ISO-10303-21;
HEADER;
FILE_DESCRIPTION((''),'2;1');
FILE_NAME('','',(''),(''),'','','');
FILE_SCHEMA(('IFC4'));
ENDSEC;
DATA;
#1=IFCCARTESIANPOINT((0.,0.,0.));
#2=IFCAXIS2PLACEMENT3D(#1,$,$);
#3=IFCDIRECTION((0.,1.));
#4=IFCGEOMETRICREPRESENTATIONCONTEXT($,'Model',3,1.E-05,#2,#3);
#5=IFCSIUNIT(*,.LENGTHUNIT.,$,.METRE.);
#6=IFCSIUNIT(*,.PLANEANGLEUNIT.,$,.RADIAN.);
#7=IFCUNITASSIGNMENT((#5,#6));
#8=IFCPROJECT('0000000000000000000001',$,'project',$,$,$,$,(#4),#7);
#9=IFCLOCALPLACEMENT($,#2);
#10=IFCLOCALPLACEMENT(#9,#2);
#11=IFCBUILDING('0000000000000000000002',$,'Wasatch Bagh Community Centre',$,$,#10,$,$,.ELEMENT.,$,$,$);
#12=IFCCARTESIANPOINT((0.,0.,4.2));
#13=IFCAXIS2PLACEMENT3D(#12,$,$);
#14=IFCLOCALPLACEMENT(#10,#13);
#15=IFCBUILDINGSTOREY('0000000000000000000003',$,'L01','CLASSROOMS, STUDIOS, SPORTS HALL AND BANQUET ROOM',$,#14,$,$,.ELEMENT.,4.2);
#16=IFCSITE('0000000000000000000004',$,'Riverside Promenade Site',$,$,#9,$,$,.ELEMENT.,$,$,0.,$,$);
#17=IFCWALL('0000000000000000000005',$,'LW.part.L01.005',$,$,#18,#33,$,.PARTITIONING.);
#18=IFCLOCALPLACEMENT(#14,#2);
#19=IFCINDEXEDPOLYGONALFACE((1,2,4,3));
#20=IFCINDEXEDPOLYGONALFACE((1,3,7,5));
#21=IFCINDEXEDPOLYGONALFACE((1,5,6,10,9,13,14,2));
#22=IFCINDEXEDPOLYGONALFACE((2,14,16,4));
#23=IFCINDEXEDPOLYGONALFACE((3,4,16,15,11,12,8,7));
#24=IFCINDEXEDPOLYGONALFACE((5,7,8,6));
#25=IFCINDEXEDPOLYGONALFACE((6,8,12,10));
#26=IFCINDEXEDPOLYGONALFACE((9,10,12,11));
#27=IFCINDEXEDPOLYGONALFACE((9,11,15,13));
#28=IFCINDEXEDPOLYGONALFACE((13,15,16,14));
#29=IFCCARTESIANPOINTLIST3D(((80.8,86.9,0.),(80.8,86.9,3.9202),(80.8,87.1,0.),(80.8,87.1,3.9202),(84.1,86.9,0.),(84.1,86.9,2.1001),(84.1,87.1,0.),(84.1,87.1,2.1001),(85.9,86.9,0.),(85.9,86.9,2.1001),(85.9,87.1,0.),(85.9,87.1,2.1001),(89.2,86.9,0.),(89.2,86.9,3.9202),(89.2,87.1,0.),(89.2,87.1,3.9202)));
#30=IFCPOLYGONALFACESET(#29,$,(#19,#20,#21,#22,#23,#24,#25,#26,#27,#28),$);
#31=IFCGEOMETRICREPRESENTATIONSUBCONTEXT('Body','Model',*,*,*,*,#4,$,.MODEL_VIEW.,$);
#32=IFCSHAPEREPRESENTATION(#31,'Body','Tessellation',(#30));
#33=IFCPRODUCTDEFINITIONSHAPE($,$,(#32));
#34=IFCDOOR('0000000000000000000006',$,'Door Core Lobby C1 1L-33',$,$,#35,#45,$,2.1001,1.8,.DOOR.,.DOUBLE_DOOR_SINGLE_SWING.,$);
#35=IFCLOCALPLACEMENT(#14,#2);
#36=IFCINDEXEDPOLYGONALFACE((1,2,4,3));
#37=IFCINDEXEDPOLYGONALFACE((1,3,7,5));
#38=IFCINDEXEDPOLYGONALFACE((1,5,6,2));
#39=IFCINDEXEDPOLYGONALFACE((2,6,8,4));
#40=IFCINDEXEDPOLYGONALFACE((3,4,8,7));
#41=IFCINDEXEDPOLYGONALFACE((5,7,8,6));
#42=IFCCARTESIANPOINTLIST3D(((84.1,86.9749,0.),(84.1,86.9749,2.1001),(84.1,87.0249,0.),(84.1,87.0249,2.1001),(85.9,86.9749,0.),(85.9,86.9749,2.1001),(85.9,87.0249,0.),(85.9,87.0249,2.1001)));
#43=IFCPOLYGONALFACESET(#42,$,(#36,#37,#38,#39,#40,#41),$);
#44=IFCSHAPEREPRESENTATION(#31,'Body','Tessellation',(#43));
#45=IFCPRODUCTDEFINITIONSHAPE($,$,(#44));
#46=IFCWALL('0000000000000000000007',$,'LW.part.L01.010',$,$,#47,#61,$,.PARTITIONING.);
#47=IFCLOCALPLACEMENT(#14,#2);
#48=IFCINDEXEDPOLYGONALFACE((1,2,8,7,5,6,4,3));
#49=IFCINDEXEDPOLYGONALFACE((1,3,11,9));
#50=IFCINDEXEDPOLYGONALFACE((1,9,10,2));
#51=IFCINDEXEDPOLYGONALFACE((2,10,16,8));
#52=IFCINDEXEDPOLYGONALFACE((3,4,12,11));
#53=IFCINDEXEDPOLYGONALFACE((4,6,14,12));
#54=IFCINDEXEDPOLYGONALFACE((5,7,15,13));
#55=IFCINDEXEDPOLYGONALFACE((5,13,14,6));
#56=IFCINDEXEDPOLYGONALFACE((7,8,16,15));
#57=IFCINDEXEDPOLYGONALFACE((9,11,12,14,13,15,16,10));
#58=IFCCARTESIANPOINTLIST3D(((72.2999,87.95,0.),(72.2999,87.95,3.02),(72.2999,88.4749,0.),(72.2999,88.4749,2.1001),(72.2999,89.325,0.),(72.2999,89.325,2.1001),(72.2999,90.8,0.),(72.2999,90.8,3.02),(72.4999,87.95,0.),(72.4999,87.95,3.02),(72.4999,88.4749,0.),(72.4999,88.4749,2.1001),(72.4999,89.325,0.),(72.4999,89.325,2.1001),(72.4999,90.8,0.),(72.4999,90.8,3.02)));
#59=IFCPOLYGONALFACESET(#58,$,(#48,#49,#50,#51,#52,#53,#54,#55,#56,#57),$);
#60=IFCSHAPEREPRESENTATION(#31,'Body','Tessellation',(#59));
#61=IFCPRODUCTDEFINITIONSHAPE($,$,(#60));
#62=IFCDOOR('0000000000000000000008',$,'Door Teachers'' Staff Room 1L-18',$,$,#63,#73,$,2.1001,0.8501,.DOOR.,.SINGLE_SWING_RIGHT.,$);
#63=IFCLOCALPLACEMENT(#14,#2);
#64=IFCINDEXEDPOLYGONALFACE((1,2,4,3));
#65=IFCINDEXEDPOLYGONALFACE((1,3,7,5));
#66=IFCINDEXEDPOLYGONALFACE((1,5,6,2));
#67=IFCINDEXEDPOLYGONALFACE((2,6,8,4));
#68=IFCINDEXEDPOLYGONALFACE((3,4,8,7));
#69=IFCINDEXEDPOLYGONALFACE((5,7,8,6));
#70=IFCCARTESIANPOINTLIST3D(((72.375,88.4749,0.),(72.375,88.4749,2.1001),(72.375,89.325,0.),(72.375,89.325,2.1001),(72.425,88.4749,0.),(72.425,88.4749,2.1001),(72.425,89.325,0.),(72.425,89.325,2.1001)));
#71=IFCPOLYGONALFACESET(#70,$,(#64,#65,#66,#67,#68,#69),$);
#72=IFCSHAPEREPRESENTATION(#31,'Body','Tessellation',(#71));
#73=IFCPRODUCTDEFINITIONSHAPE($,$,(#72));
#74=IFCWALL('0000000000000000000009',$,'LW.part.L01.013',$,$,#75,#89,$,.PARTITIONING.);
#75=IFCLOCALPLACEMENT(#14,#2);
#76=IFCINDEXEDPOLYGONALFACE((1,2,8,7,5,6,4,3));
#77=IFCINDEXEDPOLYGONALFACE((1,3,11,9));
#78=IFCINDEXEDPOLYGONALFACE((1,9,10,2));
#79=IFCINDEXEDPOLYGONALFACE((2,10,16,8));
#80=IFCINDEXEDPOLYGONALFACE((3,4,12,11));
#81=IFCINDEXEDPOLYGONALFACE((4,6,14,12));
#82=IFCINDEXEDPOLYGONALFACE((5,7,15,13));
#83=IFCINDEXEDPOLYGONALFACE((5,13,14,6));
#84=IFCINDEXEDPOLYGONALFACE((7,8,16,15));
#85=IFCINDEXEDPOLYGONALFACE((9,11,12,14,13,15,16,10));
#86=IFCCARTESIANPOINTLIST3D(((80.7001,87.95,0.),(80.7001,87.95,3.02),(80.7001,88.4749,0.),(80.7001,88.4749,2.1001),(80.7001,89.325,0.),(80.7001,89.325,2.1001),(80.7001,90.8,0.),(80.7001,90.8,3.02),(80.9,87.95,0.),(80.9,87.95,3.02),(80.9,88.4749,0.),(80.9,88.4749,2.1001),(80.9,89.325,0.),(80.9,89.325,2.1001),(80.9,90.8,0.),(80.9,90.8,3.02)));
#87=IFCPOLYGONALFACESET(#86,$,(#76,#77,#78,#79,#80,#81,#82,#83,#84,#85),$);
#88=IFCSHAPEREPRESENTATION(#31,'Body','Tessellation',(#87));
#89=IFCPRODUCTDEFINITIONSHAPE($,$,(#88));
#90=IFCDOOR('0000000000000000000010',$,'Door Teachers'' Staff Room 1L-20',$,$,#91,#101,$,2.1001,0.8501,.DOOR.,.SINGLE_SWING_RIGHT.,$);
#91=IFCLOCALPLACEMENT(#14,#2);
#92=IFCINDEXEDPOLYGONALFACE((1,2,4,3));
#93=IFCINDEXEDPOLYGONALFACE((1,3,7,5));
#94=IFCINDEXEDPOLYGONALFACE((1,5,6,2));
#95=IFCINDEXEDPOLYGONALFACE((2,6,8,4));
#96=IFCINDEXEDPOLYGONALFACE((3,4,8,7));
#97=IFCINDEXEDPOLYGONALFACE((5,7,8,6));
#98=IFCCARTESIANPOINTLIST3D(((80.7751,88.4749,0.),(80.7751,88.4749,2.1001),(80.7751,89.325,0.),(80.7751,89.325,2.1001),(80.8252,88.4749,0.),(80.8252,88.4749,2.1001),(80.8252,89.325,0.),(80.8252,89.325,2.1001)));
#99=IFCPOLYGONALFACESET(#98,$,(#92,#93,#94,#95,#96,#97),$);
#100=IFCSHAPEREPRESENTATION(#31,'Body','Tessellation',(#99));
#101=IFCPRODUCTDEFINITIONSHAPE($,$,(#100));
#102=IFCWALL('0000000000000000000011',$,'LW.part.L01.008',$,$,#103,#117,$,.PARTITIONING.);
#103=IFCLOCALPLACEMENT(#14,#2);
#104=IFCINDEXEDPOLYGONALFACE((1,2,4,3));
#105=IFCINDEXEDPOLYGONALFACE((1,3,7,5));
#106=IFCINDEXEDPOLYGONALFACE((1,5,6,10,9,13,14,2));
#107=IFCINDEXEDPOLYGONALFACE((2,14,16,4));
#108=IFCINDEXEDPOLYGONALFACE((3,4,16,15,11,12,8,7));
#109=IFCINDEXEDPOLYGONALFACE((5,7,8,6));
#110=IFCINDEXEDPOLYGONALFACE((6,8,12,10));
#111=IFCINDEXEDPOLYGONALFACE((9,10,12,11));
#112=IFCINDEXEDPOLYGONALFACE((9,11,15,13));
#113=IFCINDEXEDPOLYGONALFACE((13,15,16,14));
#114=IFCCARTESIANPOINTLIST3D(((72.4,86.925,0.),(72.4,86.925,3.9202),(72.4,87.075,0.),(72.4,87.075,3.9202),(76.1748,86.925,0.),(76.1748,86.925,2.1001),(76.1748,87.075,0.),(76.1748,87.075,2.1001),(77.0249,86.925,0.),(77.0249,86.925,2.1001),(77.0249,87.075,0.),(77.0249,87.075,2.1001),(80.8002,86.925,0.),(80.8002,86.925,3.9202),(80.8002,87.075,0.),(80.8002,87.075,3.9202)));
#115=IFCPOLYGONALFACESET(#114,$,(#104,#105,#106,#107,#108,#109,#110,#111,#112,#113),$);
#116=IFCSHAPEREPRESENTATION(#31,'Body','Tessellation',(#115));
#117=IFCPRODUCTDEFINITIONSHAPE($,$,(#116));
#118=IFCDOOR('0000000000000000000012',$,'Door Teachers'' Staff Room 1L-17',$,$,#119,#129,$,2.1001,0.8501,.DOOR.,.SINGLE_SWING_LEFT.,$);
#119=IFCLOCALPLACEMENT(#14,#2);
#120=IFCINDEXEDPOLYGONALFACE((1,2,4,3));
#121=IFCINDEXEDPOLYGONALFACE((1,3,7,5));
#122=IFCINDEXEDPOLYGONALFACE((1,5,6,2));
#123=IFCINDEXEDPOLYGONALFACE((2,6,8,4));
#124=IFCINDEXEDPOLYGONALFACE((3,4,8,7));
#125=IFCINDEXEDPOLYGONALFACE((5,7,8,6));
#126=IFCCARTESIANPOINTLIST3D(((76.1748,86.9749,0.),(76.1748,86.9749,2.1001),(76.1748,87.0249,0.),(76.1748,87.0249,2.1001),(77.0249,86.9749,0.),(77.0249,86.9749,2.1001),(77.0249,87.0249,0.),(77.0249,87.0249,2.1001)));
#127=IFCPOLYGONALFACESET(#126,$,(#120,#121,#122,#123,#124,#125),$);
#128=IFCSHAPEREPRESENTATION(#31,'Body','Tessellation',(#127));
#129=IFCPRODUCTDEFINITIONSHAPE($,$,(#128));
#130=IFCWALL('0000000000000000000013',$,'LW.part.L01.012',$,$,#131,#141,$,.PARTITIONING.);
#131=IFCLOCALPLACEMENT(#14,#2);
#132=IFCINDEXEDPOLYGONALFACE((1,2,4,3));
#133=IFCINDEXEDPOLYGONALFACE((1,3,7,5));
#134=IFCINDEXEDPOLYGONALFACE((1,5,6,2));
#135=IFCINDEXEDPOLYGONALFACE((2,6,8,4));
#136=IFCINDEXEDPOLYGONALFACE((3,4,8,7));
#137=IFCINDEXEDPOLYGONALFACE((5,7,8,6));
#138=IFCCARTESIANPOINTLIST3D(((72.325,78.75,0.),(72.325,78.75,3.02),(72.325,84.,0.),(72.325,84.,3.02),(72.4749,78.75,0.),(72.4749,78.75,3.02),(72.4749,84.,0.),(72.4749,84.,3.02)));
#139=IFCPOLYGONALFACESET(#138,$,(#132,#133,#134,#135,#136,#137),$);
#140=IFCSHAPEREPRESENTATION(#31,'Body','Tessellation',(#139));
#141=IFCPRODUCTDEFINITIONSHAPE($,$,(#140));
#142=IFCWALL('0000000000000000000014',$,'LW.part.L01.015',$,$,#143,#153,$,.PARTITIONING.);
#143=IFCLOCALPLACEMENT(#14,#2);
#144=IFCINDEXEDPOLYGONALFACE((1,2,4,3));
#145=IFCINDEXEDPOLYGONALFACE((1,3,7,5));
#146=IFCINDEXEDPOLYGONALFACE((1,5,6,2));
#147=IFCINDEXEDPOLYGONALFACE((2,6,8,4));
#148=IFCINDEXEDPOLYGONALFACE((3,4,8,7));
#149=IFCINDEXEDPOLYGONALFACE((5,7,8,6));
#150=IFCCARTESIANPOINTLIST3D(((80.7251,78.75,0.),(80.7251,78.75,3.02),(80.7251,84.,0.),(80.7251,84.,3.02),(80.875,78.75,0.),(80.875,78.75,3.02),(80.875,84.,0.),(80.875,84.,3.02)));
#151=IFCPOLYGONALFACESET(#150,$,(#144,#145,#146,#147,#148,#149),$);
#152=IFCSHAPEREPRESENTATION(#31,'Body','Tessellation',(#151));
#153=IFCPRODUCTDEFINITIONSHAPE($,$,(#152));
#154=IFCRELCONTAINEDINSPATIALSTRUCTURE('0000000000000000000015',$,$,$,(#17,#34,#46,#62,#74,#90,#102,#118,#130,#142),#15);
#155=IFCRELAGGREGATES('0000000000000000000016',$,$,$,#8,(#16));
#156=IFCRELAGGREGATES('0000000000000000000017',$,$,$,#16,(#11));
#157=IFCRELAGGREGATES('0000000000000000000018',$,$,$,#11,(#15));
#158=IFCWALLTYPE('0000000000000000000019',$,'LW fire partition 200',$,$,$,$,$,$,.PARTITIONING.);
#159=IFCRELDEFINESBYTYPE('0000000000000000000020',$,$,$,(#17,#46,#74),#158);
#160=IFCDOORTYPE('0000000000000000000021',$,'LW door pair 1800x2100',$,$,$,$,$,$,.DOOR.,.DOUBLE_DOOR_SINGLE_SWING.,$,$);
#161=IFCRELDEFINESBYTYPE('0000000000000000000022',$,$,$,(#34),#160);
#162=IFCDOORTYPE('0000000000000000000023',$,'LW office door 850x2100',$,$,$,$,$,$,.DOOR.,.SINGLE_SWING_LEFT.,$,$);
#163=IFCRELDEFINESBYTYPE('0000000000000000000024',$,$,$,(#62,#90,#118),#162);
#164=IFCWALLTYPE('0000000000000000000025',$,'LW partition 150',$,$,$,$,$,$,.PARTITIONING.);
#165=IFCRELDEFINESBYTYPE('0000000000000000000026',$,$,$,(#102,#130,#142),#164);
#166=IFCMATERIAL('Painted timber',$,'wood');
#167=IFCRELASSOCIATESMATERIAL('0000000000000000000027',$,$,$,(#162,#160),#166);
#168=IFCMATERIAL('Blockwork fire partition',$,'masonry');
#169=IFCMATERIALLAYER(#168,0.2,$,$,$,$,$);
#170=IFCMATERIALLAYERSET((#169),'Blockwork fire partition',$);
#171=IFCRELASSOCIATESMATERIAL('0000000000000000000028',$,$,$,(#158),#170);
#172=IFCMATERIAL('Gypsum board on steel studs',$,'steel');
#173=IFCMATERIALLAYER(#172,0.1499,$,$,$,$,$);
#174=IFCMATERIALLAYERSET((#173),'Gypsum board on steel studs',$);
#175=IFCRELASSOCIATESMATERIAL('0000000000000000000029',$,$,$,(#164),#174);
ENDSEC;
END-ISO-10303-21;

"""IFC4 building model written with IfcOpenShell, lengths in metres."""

from ifc_helpers import new_model, si_unit, direction, frame, frame_2d, origin, place, context, subcontext, project, spatial, rectangle, extrude, material, layer, layer_set, type_object, element, fill, save


model = new_model("IFC4")

# Units and contexts
model_context = context("Model", 3, precision=1e-05, world=origin(), true_north=direction((0.0, 1.0)))
body_context = subcontext(model_context, "Body", "Model", "MODEL_VIEW")
ifc_project = project(units=[si_unit("LENGTHUNIT", "METRE"), si_unit("PLANEANGLEUNIT", "RADIAN")], contexts=[model_context])

# Site, building, storey
site_placement = place(None, origin())
site = spatial("IfcSite", under=ifc_project, at=site_placement, Name="Riverside Promenade Site", CompositionType="ELEMENT", RefElevation=0.0)
building_placement = place(site_placement, origin())
building = spatial("IfcBuilding", under=site, at=building_placement, Name="Wasatch Bagh Community Centre", CompositionType="ELEMENT")
storey_placement = place(building_placement, frame((0.0, 0.0, 4.2)))
storey = spatial("IfcBuildingStorey", under=building, at=storey_placement, Name="L01", Description="CLASSROOMS, STUDIOS, SPORTS HALL AND BANQUET ROOM", CompositionType="ELEMENT", Elevation=4.2)

# Walls, openings, doors
ifc_material_1 = material(Name="Painted timber", Category="wood")
door_type_1 = type_object("IfcDoorType", Name="LW office door 850x2100", OperationType="SINGLE_SWING_LEFT", PredefinedType="DOOR", material=ifc_material_1)
ifc_material_2 = material(Name="Blockwork fire partition", Category="masonry")
ifc_layer_1 = layer(ifc_material_2, 0.2)
ifc_layer_set_1 = layer_set([ifc_layer_1], Name="Blockwork fire partition")
wall_type_1 = type_object("IfcWallType", Name="LW fire partition 200", PredefinedType="PARTITIONING", material=ifc_layer_set_1)
door_type_2 = type_object("IfcDoorType", Name="LW door pair 1800x2100", OperationType="DOUBLE_DOOR_SINGLE_SWING", PredefinedType="DOOR", material=ifc_material_1)
wall_1_placement = place(storey_placement, frame((80.8, 87.0, 0.0), z_axis=(0.0, 0.0, 1.0), x_axis=(1.0, 0.0, 0.0)))
wall_1 = element("IfcWall", 1, at=wall_1_placement, inside=storey, type_object=wall_type_1, Name="LW.part.L01.005", PredefinedType="PARTITIONING", context=body_context, shape_type="SweptSolid", body=[
    extrude(rectangle(XDim=8.3999, YDim=0.2, at=frame_2d((4.2, 0.0))), origin(), (0.0, 0.0, 1.0), 3.9202),
])
opening_1_placement = place(wall_1_placement, frame((3.3, 0.0, 0.0)))
opening_1 = element("IfcOpeningElement", 2, at=opening_1_placement, cuts=wall_1, PredefinedType="OPENING", context=body_context, shape_type="SweptSolid", body=[
    extrude(rectangle(XDim=1.8, YDim=2.1001, at=frame_2d((0.8999, 1.05))), frame((0.0, 0.1099, 0.0), z_axis=(0.0, -1.0, 0.0), x_axis=(1.0, 0.0, 0.0)), (0.0, 0.0, 1.0), 0.22),
])
door_1_placement = place(opening_1_placement, origin())
door_1 = element("IfcDoor", 3, at=door_1_placement, inside=storey, type_object=door_type_2, Name="Door Core Lobby C1 1L-33", OperationType="DOUBLE_DOOR_SINGLE_SWING", OverallHeight=2.1001, OverallWidth=1.8, PredefinedType="DOOR", context=body_context, shape_type="SweptSolid", body=[
    extrude(rectangle(XDim=1.8, YDim=2.1001, at=frame_2d((0.8999, 1.05))), frame((0.0, 0.0249, 0.0), z_axis=(0.0, -1.0, 0.0), x_axis=(1.0, 0.0, 0.0)), (0.0, 0.0, 1.0), 0.05),
])
fill(opening_1, door_1)
wall_2_placement = place(storey_placement, frame((72.3999, 87.95, 0.0), z_axis=(0.0, 0.0, 1.0), x_axis=(0.0, 1.0, 0.0)))
wall_2 = element("IfcWall", 4, at=wall_2_placement, inside=storey, type_object=wall_type_1, Name="LW.part.L01.010", PredefinedType="PARTITIONING", context=body_context, shape_type="SweptSolid", body=[
    extrude(rectangle(XDim=2.8501, YDim=0.2, at=frame_2d((1.425, 0.0))), origin(), (0.0, 0.0, 1.0), 3.02),
])
opening_2_placement = place(wall_2_placement, frame((0.5249, 0.0, 0.0)))
opening_2 = element("IfcOpeningElement", 5, at=opening_2_placement, cuts=wall_2, PredefinedType="OPENING", context=body_context, shape_type="SweptSolid", body=[
    extrude(rectangle(XDim=0.8501, YDim=2.1001, at=frame_2d((0.425, 1.05))), frame((0.0, 0.1099, 0.0), z_axis=(0.0, -1.0, 0.0), x_axis=(1.0, 0.0, 0.0)), (0.0, 0.0, 1.0), 0.22),
])
door_2_placement = place(opening_2_placement, origin())
door_2 = element("IfcDoor", 6, at=door_2_placement, inside=storey, type_object=door_type_1, Name="Door Teachers' Staff Room 1L-18", OperationType="SINGLE_SWING_RIGHT", OverallHeight=2.1001, OverallWidth=0.8501, PredefinedType="DOOR", context=body_context, shape_type="SweptSolid", body=[
    extrude(rectangle(XDim=0.8501, YDim=2.1001, at=frame_2d((0.425, 1.05))), frame((0.0, 0.0249, 0.0), z_axis=(0.0, -1.0, 0.0), x_axis=(1.0, 0.0, 0.0)), (0.0, 0.0, 1.0), 0.05),
])
fill(opening_2, door_2)
wall_3_placement = place(storey_placement, frame((80.8, 87.95, 0.0), z_axis=(0.0, 0.0, 1.0), x_axis=(0.0, 1.0, 0.0)))
wall_3 = element("IfcWall", 7, at=wall_3_placement, inside=storey, type_object=wall_type_1, Name="LW.part.L01.013", PredefinedType="PARTITIONING", context=body_context, shape_type="SweptSolid", body=[
    extrude(rectangle(XDim=2.8501, YDim=0.2, at=frame_2d((1.425, 0.0))), origin(), (0.0, 0.0, 1.0), 3.02),
])
opening_3_placement = place(wall_3_placement, frame((0.5249, 0.0, 0.0)))
opening_3 = element("IfcOpeningElement", 8, at=opening_3_placement, cuts=wall_3, PredefinedType="OPENING", context=body_context, shape_type="SweptSolid", body=[
    extrude(rectangle(XDim=0.8501, YDim=2.1001, at=frame_2d((0.425, 1.05))), frame((0.0, 0.1099, 0.0), z_axis=(0.0, -1.0, 0.0), x_axis=(1.0, 0.0, 0.0)), (0.0, 0.0, 1.0), 0.22),
])
door_3_placement = place(opening_3_placement, origin())
door_3 = element("IfcDoor", 9, at=door_3_placement, inside=storey, type_object=door_type_1, Name="Door Teachers' Staff Room 1L-20", OperationType="SINGLE_SWING_RIGHT", OverallHeight=2.1001, OverallWidth=0.8501, PredefinedType="DOOR", context=body_context, shape_type="SweptSolid", body=[
    extrude(rectangle(XDim=0.8501, YDim=2.1001, at=frame_2d((0.425, 1.05))), frame((0.0, 0.0249, 0.0), z_axis=(0.0, -1.0, 0.0), x_axis=(1.0, 0.0, 0.0)), (0.0, 0.0, 1.0), 0.05),
])
fill(opening_3, door_3)
ifc_material_3 = material(Name="Gypsum board on steel studs", Category="steel")
ifc_layer_2 = layer(ifc_material_3, 0.1499)
ifc_layer_set_2 = layer_set([ifc_layer_2], Name="Gypsum board on steel studs")
wall_type_2 = type_object("IfcWallType", Name="LW partition 150", PredefinedType="PARTITIONING", material=ifc_layer_set_2)
wall_4_placement = place(storey_placement, frame((72.3999, 87.0, 0.0), z_axis=(0.0, 0.0, 1.0), x_axis=(1.0, 0.0, 0.0)))
wall_4 = element("IfcWall", 10, at=wall_4_placement, inside=storey, type_object=wall_type_2, Name="LW.part.L01.008", PredefinedType="PARTITIONING", context=body_context, shape_type="SweptSolid", body=[
    extrude(rectangle(XDim=8.4001, YDim=0.1499, at=frame_2d((4.2002, 0.0))), origin(), (0.0, 0.0, 1.0), 3.9202),
])
opening_4_placement = place(wall_4_placement, frame((3.7749, 0.0, 0.0)))
opening_4 = element("IfcOpeningElement", 11, at=opening_4_placement, cuts=wall_4, PredefinedType="OPENING", context=body_context, shape_type="SweptSolid", body=[
    extrude(rectangle(XDim=0.8501, YDim=2.1001, at=frame_2d((0.425, 1.05))), frame((0.0, 0.085, 0.0), z_axis=(0.0, -1.0, 0.0), x_axis=(1.0, 0.0, 0.0)), (0.0, 0.0, 1.0), 0.1699),
])
door_4_placement = place(opening_4_placement, origin())
door_4 = element("IfcDoor", 12, at=door_4_placement, inside=storey, type_object=door_type_1, Name="Door Teachers' Staff Room 1L-17", OperationType="SINGLE_SWING_LEFT", OverallHeight=2.1001, OverallWidth=0.8501, PredefinedType="DOOR", context=body_context, shape_type="SweptSolid", body=[
    extrude(rectangle(XDim=0.8501, YDim=2.1001, at=frame_2d((0.425, 1.05))), frame((0.0, 0.0249, 0.0), z_axis=(0.0, -1.0, 0.0), x_axis=(1.0, 0.0, 0.0)), (0.0, 0.0, 1.0), 0.05),
])
fill(opening_4, door_4)

# Walls
for number, where, z_axis, x_axis, name in (
    (13, (72.3999, 78.75, 0.0), (0.0, 0.0, 1.0), (0.0, 1.0, 0.0), "LW.part.L01.012"),
    (14, (80.8, 78.75, 0.0), (0.0, 0.0, 1.0), (0.0, 1.0, 0.0), "LW.part.L01.015"),
):
    element("IfcWall", number, at=place(storey_placement, frame(where, z_axis=z_axis, x_axis=x_axis)), inside=storey, type_object=wall_type_2, Name=name, PredefinedType="PARTITIONING", context=body_context, shape_type="SweptSolid", body=[
        extrude(rectangle(XDim=5.25, YDim=0.1499, at=frame_2d((2.625, 0.0))), origin(), (0.0, 0.0, 1.0), 3.02),
    ])

save(model, "model.ifc")
